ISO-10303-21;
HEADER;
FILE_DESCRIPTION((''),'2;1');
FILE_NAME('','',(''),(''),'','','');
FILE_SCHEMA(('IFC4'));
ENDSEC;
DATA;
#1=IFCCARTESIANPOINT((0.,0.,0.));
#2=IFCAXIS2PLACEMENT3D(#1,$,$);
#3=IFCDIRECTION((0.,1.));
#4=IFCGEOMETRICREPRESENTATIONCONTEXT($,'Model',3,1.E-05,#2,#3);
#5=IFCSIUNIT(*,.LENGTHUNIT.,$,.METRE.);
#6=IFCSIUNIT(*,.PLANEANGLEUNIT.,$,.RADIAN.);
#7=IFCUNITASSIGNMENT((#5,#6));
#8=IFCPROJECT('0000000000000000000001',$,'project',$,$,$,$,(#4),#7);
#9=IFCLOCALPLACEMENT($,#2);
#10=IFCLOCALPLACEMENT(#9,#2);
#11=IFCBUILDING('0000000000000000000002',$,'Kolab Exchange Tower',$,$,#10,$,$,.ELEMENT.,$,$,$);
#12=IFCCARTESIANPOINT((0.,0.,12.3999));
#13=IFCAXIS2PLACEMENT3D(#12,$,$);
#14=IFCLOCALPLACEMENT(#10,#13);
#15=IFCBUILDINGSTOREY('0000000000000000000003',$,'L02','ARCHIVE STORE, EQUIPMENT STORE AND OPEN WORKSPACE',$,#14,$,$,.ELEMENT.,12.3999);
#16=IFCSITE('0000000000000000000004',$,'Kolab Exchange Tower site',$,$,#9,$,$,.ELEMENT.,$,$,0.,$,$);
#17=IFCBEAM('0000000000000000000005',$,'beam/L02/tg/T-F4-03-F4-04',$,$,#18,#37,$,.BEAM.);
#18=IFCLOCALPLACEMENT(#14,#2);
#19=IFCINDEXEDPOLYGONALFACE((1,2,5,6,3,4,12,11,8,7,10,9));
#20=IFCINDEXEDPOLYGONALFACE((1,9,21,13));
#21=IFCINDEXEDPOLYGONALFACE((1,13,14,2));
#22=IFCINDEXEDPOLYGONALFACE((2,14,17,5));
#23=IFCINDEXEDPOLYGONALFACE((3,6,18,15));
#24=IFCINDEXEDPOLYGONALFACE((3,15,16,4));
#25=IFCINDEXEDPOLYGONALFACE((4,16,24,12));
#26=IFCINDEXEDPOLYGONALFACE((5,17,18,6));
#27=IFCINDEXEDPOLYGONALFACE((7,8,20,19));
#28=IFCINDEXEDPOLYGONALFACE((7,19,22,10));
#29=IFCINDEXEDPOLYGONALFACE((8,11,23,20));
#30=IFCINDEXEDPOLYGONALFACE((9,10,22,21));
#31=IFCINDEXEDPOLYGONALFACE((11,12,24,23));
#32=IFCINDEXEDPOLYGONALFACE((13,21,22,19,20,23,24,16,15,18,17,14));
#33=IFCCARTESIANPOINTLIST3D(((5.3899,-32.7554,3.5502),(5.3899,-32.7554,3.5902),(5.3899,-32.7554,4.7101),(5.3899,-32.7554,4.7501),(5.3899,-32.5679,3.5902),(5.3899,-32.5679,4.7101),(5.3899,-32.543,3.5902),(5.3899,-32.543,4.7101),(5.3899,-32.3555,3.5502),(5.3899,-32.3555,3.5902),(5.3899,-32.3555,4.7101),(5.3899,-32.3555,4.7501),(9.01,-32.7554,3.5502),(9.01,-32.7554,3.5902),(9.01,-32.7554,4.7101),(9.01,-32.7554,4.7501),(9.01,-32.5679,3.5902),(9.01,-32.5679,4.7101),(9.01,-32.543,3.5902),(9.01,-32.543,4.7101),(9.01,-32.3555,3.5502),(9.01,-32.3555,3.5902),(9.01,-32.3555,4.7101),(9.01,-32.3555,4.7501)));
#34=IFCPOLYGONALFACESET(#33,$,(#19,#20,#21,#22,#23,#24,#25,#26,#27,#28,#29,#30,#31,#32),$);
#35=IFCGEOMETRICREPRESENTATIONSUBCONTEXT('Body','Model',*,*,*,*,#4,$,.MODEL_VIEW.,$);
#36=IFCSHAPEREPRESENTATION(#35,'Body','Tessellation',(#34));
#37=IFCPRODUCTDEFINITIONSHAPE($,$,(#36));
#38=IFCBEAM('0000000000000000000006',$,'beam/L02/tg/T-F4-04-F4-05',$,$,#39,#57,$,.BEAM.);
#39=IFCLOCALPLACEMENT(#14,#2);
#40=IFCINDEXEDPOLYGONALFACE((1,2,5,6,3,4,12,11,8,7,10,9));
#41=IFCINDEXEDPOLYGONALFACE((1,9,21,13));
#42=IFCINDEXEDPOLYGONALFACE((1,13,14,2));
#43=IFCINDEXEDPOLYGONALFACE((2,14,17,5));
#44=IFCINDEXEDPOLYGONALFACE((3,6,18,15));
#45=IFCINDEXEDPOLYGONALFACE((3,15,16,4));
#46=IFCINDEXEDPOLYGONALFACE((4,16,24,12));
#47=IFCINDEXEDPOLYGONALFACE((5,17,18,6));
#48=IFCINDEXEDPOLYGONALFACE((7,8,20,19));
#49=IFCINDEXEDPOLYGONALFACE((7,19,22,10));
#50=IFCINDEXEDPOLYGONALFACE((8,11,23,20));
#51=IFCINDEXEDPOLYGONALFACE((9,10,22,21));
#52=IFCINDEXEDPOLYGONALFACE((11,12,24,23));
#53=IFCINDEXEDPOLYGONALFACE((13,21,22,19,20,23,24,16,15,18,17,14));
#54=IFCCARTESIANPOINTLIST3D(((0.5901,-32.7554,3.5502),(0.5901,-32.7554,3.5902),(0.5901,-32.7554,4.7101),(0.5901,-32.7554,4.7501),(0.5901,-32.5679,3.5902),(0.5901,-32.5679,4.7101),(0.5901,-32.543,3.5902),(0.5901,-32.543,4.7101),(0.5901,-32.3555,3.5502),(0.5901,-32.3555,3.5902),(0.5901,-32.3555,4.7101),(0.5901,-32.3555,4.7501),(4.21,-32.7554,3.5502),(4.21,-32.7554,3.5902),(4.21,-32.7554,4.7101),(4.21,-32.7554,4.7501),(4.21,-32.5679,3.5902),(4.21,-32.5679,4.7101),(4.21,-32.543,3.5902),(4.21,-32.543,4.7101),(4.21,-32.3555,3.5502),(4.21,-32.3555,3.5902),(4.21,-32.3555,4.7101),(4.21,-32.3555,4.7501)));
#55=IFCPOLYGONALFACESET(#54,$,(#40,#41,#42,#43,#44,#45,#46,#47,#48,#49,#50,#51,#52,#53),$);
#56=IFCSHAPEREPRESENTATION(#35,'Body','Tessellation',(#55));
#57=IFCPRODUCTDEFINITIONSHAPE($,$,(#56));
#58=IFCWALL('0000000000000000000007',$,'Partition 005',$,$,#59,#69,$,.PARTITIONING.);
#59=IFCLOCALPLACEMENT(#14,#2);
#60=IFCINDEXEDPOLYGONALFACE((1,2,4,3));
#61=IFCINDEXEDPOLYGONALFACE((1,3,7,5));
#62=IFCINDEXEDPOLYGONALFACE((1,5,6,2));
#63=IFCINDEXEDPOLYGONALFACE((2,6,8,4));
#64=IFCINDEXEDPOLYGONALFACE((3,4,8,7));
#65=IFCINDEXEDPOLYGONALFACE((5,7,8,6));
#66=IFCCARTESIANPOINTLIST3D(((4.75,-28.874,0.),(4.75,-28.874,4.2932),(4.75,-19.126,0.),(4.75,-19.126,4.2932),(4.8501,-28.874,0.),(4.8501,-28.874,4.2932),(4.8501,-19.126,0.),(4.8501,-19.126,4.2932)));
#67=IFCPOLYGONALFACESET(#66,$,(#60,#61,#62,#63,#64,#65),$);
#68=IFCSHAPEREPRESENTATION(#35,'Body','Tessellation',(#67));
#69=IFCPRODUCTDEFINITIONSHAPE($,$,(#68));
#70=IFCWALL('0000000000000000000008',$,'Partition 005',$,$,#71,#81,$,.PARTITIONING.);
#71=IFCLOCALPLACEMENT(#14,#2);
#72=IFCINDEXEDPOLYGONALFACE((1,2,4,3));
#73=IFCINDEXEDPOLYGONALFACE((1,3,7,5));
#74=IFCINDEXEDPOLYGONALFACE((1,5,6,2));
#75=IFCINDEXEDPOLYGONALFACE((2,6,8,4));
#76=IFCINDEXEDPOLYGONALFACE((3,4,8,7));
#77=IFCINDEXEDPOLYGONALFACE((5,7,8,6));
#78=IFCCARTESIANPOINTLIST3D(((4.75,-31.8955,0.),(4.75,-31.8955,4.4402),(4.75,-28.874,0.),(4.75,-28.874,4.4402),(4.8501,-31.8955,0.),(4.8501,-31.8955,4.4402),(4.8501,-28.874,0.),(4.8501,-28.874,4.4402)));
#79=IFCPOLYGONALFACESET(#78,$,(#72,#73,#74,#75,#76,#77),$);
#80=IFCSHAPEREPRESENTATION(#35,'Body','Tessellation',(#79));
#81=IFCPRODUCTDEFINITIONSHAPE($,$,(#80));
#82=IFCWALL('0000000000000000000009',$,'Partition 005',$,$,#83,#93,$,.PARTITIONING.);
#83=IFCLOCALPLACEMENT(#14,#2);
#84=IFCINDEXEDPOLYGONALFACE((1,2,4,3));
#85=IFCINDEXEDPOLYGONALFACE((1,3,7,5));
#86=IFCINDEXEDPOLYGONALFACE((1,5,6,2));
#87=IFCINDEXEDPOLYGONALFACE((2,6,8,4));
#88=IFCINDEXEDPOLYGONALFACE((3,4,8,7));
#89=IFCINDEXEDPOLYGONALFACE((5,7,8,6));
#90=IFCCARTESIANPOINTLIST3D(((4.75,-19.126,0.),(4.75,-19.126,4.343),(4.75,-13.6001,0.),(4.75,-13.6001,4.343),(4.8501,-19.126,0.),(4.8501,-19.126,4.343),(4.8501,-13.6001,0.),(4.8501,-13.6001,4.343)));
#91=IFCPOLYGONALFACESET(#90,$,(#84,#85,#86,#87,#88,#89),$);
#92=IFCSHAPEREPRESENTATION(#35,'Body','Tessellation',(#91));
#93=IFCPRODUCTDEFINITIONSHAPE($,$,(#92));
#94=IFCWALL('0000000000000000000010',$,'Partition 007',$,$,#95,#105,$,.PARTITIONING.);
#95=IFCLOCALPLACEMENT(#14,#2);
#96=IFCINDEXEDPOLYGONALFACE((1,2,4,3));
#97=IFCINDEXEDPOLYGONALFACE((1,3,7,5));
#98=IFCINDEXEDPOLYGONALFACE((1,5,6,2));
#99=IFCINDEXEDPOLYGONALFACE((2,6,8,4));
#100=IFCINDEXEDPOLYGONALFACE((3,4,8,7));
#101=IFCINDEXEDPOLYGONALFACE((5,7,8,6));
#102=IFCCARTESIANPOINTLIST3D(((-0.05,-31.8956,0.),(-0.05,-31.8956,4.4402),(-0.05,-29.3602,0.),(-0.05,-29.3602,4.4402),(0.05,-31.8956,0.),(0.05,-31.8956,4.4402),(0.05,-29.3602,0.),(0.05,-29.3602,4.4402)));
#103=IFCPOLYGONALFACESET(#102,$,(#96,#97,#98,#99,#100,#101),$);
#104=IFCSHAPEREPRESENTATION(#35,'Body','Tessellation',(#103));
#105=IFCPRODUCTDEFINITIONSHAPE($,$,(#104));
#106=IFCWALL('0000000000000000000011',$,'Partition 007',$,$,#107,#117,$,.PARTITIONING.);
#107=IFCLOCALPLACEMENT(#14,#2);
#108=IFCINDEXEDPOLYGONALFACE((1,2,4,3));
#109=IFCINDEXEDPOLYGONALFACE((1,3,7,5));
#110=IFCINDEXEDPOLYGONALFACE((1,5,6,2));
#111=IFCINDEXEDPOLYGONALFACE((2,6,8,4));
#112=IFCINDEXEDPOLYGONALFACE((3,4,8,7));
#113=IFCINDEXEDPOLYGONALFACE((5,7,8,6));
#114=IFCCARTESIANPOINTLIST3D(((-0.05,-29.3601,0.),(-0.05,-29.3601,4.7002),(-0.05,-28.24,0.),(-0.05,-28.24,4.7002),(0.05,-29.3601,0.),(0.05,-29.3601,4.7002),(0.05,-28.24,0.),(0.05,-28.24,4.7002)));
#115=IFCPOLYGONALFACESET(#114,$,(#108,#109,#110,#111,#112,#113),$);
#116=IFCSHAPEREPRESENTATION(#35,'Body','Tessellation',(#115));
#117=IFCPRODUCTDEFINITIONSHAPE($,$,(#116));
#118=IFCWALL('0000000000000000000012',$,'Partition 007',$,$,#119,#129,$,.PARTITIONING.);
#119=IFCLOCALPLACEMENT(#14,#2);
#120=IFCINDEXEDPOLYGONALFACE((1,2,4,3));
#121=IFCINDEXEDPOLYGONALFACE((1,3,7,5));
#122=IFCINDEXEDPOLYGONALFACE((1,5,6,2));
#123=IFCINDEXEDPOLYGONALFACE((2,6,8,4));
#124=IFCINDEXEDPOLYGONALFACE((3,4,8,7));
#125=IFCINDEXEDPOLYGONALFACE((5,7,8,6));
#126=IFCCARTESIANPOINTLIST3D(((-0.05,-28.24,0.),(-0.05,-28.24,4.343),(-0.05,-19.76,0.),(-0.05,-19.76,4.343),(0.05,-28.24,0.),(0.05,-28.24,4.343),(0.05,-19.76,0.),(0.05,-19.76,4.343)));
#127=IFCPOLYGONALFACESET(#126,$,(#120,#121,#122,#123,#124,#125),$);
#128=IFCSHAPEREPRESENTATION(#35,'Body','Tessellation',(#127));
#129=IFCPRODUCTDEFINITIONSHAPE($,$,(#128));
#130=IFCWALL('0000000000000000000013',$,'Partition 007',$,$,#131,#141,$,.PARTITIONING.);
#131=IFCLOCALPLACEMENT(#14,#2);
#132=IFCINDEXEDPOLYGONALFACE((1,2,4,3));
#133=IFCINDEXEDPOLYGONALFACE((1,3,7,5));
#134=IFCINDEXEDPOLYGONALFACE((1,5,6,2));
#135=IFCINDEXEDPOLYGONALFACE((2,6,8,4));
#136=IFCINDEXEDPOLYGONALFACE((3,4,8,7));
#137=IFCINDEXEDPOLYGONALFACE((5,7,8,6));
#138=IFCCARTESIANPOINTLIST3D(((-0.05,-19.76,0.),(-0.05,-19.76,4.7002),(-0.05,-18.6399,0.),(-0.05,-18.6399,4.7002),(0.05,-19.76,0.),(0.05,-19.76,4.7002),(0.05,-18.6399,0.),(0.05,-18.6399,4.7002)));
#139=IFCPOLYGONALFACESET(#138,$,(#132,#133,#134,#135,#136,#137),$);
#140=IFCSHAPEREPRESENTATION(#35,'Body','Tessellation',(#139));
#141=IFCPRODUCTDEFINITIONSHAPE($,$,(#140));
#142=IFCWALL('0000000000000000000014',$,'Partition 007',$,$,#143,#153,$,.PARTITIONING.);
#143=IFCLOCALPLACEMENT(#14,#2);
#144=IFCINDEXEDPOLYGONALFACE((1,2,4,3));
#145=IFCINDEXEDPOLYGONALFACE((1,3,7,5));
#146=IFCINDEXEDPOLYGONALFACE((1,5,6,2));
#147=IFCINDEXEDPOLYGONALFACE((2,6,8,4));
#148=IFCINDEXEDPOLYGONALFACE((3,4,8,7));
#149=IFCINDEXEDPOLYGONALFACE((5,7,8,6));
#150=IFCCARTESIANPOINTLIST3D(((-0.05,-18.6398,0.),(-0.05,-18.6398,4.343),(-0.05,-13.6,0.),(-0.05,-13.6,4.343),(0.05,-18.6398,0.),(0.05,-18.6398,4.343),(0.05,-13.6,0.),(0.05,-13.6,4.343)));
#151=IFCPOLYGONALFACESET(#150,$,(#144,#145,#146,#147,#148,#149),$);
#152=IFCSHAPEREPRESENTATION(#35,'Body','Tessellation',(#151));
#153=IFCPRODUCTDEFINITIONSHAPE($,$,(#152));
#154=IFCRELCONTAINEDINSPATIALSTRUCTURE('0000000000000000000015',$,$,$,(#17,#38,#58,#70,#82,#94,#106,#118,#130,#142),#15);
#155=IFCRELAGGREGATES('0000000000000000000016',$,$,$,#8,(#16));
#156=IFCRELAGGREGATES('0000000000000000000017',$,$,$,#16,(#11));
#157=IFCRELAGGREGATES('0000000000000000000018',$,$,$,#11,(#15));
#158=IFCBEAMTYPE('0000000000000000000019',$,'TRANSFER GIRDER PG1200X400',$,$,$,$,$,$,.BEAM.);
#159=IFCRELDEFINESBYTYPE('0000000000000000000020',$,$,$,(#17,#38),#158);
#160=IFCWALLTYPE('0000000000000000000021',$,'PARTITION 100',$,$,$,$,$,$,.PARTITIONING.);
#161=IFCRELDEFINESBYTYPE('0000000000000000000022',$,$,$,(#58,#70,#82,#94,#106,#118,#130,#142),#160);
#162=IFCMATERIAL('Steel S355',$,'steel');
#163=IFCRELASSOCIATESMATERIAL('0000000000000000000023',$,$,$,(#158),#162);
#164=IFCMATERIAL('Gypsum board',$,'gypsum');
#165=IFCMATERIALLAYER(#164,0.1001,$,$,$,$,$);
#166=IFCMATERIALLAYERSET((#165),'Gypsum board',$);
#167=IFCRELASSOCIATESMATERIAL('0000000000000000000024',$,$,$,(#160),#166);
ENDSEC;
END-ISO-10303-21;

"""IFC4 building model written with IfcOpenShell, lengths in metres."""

from ifc_helpers import new_model, si_unit, direction, frame, frame_2d, origin, origin_2d, place, context, subcontext, project, spatial, rectangle, i_section, extrude, material, layer, layer_set, material_profile, profile_set, type_object, element, save


model = new_model("IFC4")

# Units and contexts
model_context = context("Model", 3, precision=1e-05, world=origin(), true_north=direction((0.0, 1.0)))
body_context = subcontext(model_context, "Body", "Model", "MODEL_VIEW")
ifc_project = project(units=[si_unit("LENGTHUNIT", "METRE"), si_unit("PLANEANGLEUNIT", "RADIAN")], contexts=[model_context])

# Site, building, storey
site_placement = place(None, origin())
site = spatial("IfcSite", under=ifc_project, at=site_placement, Name="Kolab Exchange Tower site", CompositionType="ELEMENT", RefElevation=0.0)
building_placement = place(site_placement, origin())
building = spatial("IfcBuilding", under=site, at=building_placement, Name="Kolab Exchange Tower", CompositionType="ELEMENT")
storey_placement = place(building_placement, frame((0.0, 0.0, 12.3999)))
storey = spatial("IfcBuildingStorey", under=building, at=storey_placement, Name="L02", Description="ARCHIVE STORE, EQUIPMENT STORE AND OPEN WORKSPACE", CompositionType="ELEMENT", Elevation=12.3999)

# Beams
ifc_material_1 = material(Name="Steel S355", Category="steel")
ifc_material_profile_1 = material_profile(ifc_material_1, i_section(OverallWidth=0.3999, OverallDepth=1.2, WebThickness=0.0249, FlangeThickness=0.04, at=origin_2d()), Name="PG1200X400")
ifc_profile_set_1 = profile_set([ifc_material_profile_1], Name="Steel S355")
beam_type_1 = type_object("IfcBeamType", Name="TRANSFER GIRDER PG1200X400", PredefinedType="BEAM", material=ifc_profile_set_1)
beam_1_placement = place(storey_placement, frame((9.01, -32.5554, 4.1501), z_axis=(-1.0, 0.0, 0.0), x_axis=(0.0, -1.0, 0.0)))
element("IfcBeam", 1, at=beam_1_placement, inside=storey, type_object=beam_type_1, Name="beam/L02/tg/T-F4-03-F4-04", PredefinedType="BEAM", context=body_context, shape_type="SweptSolid", body=[
    extrude(i_section(OverallWidth=0.3999, OverallDepth=1.2, WebThickness=0.0249, FlangeThickness=0.04, at=origin_2d()), origin(), (0.0, 0.0, 1.0), 3.6201),
])
beam_2_placement = place(storey_placement, frame((4.21, -32.5554, 4.1501), z_axis=(-1.0, 0.0, 0.0), x_axis=(0.0, -1.0, 0.0)))
element("IfcBeam", 2, at=beam_2_placement, inside=storey, type_object=beam_type_1, Name="beam/L02/tg/T-F4-04-F4-05", PredefinedType="BEAM", context=body_context, shape_type="SweptSolid", body=[
    extrude(i_section(OverallWidth=0.3999, OverallDepth=1.2, WebThickness=0.0249, FlangeThickness=0.04, at=origin_2d()), origin(), (0.0, 0.0, 1.0), 3.6199),
])

# Walls
ifc_material_2 = material(Name="Gypsum board", Category="gypsum")
ifc_layer = layer(ifc_material_2, 0.1001)
ifc_layer_set = layer_set([ifc_layer], Name="Gypsum board")
wall_type = type_object("IfcWallType", Name="PARTITION 100", PredefinedType="PARTITIONING", material=ifc_layer_set)
wall_1_placement = place(storey_placement, frame((4.8, -28.874, 0.0), z_axis=(0.0, 0.0, 1.0), x_axis=(0.0, 1.0, 0.0)))
element("IfcWall", 3, at=wall_1_placement, inside=storey, type_object=wall_type, Name="Partition 005", PredefinedType="PARTITIONING", context=body_context, shape_type="SweptSolid", body=[
    extrude(rectangle(XDim=9.748, YDim=0.1001, at=frame_2d((4.874, 0.0))), origin(), (0.0, 0.0, 1.0), 4.2932),
])
wall_2_placement = place(storey_placement, frame((4.8, -31.8955, 0.0), z_axis=(0.0, 0.0, 1.0), x_axis=(0.0, 1.0, 0.0)))
element("IfcWall", 4, at=wall_2_placement, inside=storey, type_object=wall_type, Name="Partition 005", PredefinedType="PARTITIONING", context=body_context, shape_type="SweptSolid", body=[
    extrude(rectangle(XDim=3.0215, YDim=0.1001, at=frame_2d((1.5107, 0.0))), origin(), (0.0, 0.0, 1.0), 4.4402),
])
wall_3_placement = place(storey_placement, frame((4.8, -19.126, 0.0), z_axis=(0.0, 0.0, 1.0), x_axis=(0.0, 1.0, 0.0)))
element("IfcWall", 5, at=wall_3_placement, inside=storey, type_object=wall_type, Name="Partition 005", PredefinedType="PARTITIONING", context=body_context, shape_type="SweptSolid", body=[
    extrude(rectangle(XDim=5.5259, YDim=0.1001, at=frame_2d((2.7629, 0.0))), origin(), (0.0, 0.0, 1.0), 4.343),
])
wall_4_placement = place(storey_placement, frame((0.0, -31.8955, 0.0), z_axis=(0.0, 0.0, 1.0), x_axis=(0.0, 1.0, 0.0)))
element("IfcWall", 6, at=wall_4_placement, inside=storey, type_object=wall_type, Name="Partition 007", PredefinedType="PARTITIONING", context=body_context, shape_type="SweptSolid", body=[
    extrude(rectangle(XDim=2.5354, YDim=0.1001, at=frame_2d((1.2676, 0.0))), origin(), (0.0, 0.0, 1.0), 4.4402),
])
wall_5_placement = place(storey_placement, frame((0.0, -29.3601, 0.0), z_axis=(0.0, 0.0, 1.0), x_axis=(0.0, 1.0, 0.0)))
element("IfcWall", 7, at=wall_5_placement, inside=storey, type_object=wall_type, Name="Partition 007", PredefinedType="PARTITIONING", context=body_context, shape_type="SweptSolid", body=[
    extrude(rectangle(XDim=1.1201, YDim=0.1001, at=frame_2d((0.5601, 0.0))), origin(), (0.0, 0.0, 1.0), 4.7002),
])
wall_6_placement = place(storey_placement, frame((0.0, -28.24, 0.0), z_axis=(0.0, 0.0, 1.0), x_axis=(0.0, 1.0, 0.0)))
element("IfcWall", 8, at=wall_6_placement, inside=storey, type_object=wall_type, Name="Partition 007", PredefinedType="PARTITIONING", context=body_context, shape_type="SweptSolid", body=[
    extrude(rectangle(XDim=8.48, YDim=0.1001, at=frame_2d((4.24, 0.0))), origin(), (0.0, 0.0, 1.0), 4.343),
])
wall_7_placement = place(storey_placement, frame((0.0, -19.76, 0.0), z_axis=(0.0, 0.0, 1.0), x_axis=(0.0, 1.0, 0.0)))
element("IfcWall", 9, at=wall_7_placement, inside=storey, type_object=wall_type, Name="Partition 007", PredefinedType="PARTITIONING", context=body_context, shape_type="SweptSolid", body=[
    extrude(rectangle(XDim=1.1201, YDim=0.1001, at=frame_2d((0.5601, 0.0))), origin(), (0.0, 0.0, 1.0), 4.7002),
])
wall_8_placement = place(storey_placement, frame((0.0, -18.6399, 0.0), z_axis=(0.0, 0.0, 1.0), x_axis=(0.0, 1.0, 0.0)))
element("IfcWall", 10, at=wall_8_placement, inside=storey, type_object=wall_type, Name="Partition 007", PredefinedType="PARTITIONING", context=body_context, shape_type="SweptSolid", body=[
    extrude(rectangle(XDim=5.0398, YDim=0.1001, at=frame_2d((2.52, 0.0))), origin(), (0.0, 0.0, 1.0), 4.343),
])

save(model, "model.ifc")
